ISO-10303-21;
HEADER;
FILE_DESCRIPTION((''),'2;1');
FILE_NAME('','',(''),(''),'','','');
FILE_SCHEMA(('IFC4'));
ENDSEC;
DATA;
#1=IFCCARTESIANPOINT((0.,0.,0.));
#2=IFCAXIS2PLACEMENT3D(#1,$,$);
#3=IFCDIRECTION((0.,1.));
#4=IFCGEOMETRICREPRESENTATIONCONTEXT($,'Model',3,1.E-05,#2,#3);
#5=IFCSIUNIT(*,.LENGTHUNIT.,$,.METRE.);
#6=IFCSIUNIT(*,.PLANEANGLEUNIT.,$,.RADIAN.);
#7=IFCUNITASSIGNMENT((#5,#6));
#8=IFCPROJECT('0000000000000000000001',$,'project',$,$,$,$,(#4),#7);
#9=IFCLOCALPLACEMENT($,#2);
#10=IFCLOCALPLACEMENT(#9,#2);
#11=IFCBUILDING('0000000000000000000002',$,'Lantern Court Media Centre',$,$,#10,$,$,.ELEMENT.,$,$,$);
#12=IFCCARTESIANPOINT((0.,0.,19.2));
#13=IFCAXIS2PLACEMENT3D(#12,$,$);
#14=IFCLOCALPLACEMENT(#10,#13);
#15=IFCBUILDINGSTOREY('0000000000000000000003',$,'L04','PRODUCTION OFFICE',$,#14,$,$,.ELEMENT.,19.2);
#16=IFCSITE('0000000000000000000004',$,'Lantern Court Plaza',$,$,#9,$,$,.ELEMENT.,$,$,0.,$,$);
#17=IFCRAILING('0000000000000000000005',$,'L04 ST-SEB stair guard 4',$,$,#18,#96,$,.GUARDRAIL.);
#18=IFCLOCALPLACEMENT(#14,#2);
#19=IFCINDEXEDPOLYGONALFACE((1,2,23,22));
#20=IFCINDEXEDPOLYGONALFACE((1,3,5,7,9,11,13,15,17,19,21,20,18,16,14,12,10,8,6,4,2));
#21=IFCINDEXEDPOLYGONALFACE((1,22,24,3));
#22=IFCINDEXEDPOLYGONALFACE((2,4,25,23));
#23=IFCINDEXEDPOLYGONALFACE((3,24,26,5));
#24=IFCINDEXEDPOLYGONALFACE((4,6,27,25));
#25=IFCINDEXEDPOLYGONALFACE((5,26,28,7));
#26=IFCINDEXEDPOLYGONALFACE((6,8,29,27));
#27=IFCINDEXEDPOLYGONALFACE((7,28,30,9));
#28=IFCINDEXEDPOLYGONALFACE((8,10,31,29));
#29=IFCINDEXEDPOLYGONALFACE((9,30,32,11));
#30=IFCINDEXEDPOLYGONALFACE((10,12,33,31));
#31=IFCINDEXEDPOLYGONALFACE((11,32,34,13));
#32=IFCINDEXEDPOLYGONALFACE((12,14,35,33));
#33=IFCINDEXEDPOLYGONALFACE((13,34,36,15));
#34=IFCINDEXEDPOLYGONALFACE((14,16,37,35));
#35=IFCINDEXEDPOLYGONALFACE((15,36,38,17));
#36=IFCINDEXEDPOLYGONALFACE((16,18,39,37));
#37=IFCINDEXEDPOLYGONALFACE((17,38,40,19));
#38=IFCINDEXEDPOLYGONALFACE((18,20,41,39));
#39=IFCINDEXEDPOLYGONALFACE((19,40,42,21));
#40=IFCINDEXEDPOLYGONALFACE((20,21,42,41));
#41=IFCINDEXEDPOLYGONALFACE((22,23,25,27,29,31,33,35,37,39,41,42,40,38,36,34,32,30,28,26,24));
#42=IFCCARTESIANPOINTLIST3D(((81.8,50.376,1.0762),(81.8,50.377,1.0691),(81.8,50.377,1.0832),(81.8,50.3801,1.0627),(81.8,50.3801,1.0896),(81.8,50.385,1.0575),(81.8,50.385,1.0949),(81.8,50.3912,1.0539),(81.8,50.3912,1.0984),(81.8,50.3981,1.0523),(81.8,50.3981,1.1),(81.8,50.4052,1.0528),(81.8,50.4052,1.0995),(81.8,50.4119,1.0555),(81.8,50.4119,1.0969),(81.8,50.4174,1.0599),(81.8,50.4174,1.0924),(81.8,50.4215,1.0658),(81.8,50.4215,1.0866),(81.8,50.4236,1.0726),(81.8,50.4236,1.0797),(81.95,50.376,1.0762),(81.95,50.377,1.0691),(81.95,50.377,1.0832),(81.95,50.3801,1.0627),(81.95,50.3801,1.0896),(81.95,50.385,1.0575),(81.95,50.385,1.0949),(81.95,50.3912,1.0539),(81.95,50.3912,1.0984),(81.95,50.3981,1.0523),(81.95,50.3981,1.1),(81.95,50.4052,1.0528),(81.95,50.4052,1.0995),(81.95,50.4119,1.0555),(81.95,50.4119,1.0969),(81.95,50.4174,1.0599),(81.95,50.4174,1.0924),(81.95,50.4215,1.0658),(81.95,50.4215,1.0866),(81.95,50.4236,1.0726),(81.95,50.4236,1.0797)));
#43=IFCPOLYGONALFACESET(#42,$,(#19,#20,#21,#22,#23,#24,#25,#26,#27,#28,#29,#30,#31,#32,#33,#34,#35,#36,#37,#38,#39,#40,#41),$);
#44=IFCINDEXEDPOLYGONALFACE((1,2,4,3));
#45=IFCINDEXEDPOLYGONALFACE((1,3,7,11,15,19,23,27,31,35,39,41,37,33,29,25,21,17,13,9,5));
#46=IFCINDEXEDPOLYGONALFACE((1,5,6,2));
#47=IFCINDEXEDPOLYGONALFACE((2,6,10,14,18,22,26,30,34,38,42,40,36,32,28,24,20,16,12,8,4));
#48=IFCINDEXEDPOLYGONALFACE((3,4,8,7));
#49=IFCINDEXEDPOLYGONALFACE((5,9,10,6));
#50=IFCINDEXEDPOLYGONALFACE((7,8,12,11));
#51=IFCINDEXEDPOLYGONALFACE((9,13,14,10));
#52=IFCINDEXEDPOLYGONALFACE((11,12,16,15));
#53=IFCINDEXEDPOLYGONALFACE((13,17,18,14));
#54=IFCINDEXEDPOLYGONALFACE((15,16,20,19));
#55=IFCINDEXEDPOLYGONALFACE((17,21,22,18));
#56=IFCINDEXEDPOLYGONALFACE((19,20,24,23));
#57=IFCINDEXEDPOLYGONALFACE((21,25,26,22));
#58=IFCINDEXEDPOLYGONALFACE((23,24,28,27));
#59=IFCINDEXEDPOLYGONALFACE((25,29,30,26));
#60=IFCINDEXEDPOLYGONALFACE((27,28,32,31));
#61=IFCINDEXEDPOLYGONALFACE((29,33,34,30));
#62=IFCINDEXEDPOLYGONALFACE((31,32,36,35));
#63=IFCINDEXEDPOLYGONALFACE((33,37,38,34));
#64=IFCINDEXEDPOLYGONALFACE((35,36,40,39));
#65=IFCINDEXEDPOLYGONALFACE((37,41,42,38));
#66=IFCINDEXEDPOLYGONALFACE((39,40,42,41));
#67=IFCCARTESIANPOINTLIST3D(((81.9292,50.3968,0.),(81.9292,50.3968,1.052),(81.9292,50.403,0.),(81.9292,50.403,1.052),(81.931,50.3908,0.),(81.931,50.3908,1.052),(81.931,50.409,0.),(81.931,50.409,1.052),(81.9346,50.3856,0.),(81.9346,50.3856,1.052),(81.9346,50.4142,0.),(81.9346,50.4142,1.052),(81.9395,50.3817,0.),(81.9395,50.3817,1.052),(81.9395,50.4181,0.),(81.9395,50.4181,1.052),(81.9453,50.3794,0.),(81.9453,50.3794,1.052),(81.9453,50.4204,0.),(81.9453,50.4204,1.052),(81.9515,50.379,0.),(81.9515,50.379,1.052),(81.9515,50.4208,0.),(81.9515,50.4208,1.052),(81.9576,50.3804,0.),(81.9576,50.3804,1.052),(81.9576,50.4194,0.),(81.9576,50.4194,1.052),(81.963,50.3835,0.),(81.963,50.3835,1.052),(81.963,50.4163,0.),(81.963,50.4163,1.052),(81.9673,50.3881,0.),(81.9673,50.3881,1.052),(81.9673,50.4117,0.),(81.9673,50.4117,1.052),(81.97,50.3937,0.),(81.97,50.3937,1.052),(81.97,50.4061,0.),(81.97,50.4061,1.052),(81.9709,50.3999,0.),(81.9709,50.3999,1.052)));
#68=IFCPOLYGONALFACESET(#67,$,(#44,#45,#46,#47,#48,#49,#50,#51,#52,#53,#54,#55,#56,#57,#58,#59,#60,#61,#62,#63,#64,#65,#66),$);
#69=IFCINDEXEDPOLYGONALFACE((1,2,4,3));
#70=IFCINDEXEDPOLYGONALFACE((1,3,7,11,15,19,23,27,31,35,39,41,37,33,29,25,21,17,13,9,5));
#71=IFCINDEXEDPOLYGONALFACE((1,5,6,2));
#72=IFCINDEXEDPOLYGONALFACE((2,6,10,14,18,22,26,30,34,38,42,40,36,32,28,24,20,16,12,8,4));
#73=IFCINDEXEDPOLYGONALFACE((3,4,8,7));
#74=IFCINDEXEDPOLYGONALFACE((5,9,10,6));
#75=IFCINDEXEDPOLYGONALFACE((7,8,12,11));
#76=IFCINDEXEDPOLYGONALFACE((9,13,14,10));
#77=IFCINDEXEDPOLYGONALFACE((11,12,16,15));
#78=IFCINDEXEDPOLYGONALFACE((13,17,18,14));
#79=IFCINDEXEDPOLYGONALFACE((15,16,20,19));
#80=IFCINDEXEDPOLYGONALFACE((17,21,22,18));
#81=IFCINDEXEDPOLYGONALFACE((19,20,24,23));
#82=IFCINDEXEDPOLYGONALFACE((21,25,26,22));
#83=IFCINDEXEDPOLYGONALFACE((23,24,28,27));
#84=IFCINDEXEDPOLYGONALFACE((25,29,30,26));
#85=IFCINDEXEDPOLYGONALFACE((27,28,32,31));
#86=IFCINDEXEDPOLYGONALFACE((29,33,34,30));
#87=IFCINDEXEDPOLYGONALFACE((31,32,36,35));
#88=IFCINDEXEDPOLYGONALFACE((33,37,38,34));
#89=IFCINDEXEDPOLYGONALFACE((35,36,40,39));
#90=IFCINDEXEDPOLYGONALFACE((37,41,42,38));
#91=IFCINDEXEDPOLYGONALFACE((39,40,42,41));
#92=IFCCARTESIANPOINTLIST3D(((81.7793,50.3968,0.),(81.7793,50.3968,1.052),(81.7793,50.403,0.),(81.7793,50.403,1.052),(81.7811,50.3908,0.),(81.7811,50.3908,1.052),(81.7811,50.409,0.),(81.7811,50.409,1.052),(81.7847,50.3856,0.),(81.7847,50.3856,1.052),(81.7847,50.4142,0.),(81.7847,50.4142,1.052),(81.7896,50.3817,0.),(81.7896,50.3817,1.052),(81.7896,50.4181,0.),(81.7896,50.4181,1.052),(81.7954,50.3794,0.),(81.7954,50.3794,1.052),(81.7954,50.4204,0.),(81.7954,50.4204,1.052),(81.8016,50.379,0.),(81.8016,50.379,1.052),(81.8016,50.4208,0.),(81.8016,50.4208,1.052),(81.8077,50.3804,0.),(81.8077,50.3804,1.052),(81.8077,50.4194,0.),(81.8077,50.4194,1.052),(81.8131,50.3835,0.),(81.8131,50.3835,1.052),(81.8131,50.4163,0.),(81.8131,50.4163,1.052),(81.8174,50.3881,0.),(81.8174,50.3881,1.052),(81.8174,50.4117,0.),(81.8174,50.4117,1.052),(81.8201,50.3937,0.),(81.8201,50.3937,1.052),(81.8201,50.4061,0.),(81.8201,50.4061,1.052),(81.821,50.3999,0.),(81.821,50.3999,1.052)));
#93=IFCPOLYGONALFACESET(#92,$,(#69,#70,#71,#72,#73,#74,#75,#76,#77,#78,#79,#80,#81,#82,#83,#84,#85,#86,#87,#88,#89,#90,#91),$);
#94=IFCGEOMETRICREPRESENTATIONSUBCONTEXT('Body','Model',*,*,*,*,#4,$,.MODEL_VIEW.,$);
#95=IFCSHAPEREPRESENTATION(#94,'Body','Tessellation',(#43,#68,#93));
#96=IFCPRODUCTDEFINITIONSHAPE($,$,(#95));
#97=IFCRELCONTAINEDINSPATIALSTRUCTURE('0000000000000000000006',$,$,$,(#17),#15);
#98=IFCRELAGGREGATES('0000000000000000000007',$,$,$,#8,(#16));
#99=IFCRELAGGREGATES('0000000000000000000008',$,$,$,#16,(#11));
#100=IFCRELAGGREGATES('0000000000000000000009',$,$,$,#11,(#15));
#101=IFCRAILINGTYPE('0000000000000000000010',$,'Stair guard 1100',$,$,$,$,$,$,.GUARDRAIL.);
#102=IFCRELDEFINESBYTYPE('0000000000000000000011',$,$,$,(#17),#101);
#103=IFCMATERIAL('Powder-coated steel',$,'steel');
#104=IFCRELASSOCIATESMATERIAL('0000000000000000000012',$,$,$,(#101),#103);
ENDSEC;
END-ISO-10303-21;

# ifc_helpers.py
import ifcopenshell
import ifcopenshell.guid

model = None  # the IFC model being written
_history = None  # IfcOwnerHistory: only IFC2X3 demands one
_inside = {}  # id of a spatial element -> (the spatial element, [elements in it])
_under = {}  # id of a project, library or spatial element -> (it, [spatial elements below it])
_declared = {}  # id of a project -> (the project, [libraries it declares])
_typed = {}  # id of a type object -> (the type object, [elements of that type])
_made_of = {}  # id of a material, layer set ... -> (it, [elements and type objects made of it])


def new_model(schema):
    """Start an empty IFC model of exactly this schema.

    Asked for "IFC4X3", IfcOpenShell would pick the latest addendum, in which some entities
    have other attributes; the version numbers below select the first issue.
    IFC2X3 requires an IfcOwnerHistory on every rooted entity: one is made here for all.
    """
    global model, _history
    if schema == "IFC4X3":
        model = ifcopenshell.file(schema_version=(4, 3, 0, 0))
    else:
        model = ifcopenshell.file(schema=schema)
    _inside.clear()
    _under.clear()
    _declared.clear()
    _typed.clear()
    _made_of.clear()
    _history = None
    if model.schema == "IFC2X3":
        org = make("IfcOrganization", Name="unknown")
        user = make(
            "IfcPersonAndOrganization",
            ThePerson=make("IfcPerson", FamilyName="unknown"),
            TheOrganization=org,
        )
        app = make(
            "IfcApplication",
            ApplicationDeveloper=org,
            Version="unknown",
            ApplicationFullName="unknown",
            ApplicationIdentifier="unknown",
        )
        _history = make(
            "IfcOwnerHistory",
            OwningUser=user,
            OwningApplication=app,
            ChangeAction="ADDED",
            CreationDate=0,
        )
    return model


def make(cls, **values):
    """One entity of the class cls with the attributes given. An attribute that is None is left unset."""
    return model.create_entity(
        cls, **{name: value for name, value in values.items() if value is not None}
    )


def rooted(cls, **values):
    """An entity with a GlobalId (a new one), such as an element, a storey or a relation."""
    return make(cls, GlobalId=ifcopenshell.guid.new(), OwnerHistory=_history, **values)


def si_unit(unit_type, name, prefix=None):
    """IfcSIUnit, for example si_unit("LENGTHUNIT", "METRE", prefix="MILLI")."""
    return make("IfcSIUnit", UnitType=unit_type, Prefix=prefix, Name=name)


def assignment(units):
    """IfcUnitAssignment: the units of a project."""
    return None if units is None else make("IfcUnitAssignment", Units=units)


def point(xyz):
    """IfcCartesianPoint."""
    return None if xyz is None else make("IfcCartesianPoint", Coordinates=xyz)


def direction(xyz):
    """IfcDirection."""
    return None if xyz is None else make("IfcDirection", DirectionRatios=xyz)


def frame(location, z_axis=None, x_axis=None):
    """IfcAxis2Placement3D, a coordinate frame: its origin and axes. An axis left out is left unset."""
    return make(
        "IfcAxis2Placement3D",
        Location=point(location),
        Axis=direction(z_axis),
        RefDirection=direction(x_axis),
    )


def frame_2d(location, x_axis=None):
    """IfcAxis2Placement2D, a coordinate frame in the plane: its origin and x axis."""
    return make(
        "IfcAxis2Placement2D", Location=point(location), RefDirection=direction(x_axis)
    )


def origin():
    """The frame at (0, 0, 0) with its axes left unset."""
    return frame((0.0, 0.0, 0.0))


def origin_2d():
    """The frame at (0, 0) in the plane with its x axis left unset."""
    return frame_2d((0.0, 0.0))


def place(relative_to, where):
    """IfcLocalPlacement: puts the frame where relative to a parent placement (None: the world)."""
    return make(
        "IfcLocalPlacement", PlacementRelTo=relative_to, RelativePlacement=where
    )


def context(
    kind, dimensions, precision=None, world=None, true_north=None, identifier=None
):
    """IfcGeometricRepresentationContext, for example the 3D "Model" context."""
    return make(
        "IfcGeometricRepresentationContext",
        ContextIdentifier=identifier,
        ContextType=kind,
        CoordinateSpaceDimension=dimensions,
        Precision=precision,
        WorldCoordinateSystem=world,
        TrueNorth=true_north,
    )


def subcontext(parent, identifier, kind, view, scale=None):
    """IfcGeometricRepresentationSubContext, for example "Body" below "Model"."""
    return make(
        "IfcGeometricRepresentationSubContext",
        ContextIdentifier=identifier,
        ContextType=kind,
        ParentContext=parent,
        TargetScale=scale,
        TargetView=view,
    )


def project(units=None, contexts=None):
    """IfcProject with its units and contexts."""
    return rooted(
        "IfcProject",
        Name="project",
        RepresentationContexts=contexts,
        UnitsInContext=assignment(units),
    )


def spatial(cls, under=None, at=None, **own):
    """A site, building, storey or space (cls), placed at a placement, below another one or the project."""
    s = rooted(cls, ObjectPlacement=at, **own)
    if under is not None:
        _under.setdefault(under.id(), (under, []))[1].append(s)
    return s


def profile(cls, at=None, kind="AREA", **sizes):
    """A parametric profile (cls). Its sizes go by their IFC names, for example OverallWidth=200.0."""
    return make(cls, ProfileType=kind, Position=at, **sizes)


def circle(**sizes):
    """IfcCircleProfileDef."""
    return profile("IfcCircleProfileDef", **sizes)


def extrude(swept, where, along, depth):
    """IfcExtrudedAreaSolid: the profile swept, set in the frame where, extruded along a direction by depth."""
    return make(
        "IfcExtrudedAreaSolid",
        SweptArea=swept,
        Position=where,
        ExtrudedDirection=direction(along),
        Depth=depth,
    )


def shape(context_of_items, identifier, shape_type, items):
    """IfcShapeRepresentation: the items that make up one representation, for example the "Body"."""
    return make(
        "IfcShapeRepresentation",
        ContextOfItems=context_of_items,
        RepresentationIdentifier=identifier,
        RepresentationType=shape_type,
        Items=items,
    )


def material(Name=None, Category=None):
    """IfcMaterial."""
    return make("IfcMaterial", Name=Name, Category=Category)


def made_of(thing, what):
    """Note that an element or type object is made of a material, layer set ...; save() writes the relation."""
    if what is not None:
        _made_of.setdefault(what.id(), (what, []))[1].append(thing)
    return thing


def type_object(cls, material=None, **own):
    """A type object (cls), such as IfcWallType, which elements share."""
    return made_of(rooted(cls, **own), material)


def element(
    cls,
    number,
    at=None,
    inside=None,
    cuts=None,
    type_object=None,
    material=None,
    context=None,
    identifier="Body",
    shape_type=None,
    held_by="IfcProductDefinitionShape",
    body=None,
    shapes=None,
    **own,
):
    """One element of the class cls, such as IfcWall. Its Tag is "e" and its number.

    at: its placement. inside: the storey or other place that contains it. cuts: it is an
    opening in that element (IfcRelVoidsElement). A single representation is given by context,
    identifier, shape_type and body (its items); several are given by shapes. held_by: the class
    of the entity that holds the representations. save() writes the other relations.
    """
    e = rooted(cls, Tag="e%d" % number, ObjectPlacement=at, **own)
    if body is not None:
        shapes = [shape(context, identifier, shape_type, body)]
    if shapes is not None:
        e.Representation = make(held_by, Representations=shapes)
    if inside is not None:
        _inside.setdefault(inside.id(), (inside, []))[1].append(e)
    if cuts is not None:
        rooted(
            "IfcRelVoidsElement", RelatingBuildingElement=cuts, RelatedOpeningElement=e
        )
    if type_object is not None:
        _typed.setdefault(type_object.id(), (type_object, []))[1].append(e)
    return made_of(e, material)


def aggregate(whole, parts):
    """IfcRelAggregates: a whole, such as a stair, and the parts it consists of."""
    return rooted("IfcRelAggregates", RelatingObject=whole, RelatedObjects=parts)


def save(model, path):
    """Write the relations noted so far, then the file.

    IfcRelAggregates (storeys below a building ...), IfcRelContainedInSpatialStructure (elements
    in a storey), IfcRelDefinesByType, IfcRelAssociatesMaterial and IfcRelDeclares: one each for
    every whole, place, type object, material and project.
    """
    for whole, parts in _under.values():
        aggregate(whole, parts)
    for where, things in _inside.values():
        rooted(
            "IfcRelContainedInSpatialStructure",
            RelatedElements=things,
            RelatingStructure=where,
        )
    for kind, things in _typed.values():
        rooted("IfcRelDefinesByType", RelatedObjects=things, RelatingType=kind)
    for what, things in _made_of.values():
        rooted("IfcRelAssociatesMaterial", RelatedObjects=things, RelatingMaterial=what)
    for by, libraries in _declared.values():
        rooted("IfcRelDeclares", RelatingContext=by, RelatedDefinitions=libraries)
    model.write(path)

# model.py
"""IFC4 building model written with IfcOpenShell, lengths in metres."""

from ifc_helpers import new_model, si_unit, direction, frame, origin, origin_2d, place, context, subcontext, project, spatial, circle, extrude, material, type_object, element, save


model = new_model("IFC4")

# Units and contexts
model_context = context("Model", 3, precision=1e-05, world=origin(), true_north=direction((0.0, 1.0)))
body_context = subcontext(model_context, "Body", "Model", "MODEL_VIEW")
ifc_project = project(units=[si_unit("LENGTHUNIT", "METRE"), si_unit("PLANEANGLEUNIT", "RADIAN")], contexts=[model_context])

# Site, building, storey
site_placement = place(None, origin())
site = spatial("IfcSite", under=ifc_project, at=site_placement, Name="Lantern Court Plaza", CompositionType="ELEMENT", RefElevation=0.0)
building_placement = place(site_placement, origin())
building = spatial("IfcBuilding", under=site, at=building_placement, Name="Lantern Court Media Centre", CompositionType="ELEMENT")
storey_placement = place(building_placement, frame((0.0, 0.0, 19.2)))
storey = spatial("IfcBuildingStorey", under=building, at=storey_placement, Name="L04", Description="PRODUCTION OFFICE", CompositionType="ELEMENT", Elevation=19.2)

# Shared definitions
ifc_material_1 = material(Name="Powder-coated steel", Category="steel")

# Railing
railing_type_1 = type_object("IfcRailingType", Name="Stair guard 1100", PredefinedType="GUARDRAIL", material=ifc_material_1)
railing_1_placement = place(storey_placement, frame((81.95, 50.3999, 0.0)))
element("IfcRailing", 1, at=railing_1_placement, inside=storey, type_object=railing_type_1, Name="L04 ST-SEB stair guard 4", PredefinedType="GUARDRAIL", context=body_context, shape_type="SweptSolid", body=[
    extrude(circle(Radius=0.0239, at=origin_2d()), frame((0.0, 0.0, 1.0762), z_axis=(-1.0, 0.0, 0.0), x_axis=(0.0, -1.0, 0.0)), (0.0, 0.0, 1.0), 0.1499),
    extrude(circle(Radius=0.021, at=origin_2d()), origin(), (0.0, 0.0, 1.0), 1.052),
    extrude(circle(Radius=0.021, at=origin_2d()), frame((-0.1499, 0.0, 0.0)), (0.0, 0.0, 1.0), 1.052),
])

save(model, "model.ifc")
